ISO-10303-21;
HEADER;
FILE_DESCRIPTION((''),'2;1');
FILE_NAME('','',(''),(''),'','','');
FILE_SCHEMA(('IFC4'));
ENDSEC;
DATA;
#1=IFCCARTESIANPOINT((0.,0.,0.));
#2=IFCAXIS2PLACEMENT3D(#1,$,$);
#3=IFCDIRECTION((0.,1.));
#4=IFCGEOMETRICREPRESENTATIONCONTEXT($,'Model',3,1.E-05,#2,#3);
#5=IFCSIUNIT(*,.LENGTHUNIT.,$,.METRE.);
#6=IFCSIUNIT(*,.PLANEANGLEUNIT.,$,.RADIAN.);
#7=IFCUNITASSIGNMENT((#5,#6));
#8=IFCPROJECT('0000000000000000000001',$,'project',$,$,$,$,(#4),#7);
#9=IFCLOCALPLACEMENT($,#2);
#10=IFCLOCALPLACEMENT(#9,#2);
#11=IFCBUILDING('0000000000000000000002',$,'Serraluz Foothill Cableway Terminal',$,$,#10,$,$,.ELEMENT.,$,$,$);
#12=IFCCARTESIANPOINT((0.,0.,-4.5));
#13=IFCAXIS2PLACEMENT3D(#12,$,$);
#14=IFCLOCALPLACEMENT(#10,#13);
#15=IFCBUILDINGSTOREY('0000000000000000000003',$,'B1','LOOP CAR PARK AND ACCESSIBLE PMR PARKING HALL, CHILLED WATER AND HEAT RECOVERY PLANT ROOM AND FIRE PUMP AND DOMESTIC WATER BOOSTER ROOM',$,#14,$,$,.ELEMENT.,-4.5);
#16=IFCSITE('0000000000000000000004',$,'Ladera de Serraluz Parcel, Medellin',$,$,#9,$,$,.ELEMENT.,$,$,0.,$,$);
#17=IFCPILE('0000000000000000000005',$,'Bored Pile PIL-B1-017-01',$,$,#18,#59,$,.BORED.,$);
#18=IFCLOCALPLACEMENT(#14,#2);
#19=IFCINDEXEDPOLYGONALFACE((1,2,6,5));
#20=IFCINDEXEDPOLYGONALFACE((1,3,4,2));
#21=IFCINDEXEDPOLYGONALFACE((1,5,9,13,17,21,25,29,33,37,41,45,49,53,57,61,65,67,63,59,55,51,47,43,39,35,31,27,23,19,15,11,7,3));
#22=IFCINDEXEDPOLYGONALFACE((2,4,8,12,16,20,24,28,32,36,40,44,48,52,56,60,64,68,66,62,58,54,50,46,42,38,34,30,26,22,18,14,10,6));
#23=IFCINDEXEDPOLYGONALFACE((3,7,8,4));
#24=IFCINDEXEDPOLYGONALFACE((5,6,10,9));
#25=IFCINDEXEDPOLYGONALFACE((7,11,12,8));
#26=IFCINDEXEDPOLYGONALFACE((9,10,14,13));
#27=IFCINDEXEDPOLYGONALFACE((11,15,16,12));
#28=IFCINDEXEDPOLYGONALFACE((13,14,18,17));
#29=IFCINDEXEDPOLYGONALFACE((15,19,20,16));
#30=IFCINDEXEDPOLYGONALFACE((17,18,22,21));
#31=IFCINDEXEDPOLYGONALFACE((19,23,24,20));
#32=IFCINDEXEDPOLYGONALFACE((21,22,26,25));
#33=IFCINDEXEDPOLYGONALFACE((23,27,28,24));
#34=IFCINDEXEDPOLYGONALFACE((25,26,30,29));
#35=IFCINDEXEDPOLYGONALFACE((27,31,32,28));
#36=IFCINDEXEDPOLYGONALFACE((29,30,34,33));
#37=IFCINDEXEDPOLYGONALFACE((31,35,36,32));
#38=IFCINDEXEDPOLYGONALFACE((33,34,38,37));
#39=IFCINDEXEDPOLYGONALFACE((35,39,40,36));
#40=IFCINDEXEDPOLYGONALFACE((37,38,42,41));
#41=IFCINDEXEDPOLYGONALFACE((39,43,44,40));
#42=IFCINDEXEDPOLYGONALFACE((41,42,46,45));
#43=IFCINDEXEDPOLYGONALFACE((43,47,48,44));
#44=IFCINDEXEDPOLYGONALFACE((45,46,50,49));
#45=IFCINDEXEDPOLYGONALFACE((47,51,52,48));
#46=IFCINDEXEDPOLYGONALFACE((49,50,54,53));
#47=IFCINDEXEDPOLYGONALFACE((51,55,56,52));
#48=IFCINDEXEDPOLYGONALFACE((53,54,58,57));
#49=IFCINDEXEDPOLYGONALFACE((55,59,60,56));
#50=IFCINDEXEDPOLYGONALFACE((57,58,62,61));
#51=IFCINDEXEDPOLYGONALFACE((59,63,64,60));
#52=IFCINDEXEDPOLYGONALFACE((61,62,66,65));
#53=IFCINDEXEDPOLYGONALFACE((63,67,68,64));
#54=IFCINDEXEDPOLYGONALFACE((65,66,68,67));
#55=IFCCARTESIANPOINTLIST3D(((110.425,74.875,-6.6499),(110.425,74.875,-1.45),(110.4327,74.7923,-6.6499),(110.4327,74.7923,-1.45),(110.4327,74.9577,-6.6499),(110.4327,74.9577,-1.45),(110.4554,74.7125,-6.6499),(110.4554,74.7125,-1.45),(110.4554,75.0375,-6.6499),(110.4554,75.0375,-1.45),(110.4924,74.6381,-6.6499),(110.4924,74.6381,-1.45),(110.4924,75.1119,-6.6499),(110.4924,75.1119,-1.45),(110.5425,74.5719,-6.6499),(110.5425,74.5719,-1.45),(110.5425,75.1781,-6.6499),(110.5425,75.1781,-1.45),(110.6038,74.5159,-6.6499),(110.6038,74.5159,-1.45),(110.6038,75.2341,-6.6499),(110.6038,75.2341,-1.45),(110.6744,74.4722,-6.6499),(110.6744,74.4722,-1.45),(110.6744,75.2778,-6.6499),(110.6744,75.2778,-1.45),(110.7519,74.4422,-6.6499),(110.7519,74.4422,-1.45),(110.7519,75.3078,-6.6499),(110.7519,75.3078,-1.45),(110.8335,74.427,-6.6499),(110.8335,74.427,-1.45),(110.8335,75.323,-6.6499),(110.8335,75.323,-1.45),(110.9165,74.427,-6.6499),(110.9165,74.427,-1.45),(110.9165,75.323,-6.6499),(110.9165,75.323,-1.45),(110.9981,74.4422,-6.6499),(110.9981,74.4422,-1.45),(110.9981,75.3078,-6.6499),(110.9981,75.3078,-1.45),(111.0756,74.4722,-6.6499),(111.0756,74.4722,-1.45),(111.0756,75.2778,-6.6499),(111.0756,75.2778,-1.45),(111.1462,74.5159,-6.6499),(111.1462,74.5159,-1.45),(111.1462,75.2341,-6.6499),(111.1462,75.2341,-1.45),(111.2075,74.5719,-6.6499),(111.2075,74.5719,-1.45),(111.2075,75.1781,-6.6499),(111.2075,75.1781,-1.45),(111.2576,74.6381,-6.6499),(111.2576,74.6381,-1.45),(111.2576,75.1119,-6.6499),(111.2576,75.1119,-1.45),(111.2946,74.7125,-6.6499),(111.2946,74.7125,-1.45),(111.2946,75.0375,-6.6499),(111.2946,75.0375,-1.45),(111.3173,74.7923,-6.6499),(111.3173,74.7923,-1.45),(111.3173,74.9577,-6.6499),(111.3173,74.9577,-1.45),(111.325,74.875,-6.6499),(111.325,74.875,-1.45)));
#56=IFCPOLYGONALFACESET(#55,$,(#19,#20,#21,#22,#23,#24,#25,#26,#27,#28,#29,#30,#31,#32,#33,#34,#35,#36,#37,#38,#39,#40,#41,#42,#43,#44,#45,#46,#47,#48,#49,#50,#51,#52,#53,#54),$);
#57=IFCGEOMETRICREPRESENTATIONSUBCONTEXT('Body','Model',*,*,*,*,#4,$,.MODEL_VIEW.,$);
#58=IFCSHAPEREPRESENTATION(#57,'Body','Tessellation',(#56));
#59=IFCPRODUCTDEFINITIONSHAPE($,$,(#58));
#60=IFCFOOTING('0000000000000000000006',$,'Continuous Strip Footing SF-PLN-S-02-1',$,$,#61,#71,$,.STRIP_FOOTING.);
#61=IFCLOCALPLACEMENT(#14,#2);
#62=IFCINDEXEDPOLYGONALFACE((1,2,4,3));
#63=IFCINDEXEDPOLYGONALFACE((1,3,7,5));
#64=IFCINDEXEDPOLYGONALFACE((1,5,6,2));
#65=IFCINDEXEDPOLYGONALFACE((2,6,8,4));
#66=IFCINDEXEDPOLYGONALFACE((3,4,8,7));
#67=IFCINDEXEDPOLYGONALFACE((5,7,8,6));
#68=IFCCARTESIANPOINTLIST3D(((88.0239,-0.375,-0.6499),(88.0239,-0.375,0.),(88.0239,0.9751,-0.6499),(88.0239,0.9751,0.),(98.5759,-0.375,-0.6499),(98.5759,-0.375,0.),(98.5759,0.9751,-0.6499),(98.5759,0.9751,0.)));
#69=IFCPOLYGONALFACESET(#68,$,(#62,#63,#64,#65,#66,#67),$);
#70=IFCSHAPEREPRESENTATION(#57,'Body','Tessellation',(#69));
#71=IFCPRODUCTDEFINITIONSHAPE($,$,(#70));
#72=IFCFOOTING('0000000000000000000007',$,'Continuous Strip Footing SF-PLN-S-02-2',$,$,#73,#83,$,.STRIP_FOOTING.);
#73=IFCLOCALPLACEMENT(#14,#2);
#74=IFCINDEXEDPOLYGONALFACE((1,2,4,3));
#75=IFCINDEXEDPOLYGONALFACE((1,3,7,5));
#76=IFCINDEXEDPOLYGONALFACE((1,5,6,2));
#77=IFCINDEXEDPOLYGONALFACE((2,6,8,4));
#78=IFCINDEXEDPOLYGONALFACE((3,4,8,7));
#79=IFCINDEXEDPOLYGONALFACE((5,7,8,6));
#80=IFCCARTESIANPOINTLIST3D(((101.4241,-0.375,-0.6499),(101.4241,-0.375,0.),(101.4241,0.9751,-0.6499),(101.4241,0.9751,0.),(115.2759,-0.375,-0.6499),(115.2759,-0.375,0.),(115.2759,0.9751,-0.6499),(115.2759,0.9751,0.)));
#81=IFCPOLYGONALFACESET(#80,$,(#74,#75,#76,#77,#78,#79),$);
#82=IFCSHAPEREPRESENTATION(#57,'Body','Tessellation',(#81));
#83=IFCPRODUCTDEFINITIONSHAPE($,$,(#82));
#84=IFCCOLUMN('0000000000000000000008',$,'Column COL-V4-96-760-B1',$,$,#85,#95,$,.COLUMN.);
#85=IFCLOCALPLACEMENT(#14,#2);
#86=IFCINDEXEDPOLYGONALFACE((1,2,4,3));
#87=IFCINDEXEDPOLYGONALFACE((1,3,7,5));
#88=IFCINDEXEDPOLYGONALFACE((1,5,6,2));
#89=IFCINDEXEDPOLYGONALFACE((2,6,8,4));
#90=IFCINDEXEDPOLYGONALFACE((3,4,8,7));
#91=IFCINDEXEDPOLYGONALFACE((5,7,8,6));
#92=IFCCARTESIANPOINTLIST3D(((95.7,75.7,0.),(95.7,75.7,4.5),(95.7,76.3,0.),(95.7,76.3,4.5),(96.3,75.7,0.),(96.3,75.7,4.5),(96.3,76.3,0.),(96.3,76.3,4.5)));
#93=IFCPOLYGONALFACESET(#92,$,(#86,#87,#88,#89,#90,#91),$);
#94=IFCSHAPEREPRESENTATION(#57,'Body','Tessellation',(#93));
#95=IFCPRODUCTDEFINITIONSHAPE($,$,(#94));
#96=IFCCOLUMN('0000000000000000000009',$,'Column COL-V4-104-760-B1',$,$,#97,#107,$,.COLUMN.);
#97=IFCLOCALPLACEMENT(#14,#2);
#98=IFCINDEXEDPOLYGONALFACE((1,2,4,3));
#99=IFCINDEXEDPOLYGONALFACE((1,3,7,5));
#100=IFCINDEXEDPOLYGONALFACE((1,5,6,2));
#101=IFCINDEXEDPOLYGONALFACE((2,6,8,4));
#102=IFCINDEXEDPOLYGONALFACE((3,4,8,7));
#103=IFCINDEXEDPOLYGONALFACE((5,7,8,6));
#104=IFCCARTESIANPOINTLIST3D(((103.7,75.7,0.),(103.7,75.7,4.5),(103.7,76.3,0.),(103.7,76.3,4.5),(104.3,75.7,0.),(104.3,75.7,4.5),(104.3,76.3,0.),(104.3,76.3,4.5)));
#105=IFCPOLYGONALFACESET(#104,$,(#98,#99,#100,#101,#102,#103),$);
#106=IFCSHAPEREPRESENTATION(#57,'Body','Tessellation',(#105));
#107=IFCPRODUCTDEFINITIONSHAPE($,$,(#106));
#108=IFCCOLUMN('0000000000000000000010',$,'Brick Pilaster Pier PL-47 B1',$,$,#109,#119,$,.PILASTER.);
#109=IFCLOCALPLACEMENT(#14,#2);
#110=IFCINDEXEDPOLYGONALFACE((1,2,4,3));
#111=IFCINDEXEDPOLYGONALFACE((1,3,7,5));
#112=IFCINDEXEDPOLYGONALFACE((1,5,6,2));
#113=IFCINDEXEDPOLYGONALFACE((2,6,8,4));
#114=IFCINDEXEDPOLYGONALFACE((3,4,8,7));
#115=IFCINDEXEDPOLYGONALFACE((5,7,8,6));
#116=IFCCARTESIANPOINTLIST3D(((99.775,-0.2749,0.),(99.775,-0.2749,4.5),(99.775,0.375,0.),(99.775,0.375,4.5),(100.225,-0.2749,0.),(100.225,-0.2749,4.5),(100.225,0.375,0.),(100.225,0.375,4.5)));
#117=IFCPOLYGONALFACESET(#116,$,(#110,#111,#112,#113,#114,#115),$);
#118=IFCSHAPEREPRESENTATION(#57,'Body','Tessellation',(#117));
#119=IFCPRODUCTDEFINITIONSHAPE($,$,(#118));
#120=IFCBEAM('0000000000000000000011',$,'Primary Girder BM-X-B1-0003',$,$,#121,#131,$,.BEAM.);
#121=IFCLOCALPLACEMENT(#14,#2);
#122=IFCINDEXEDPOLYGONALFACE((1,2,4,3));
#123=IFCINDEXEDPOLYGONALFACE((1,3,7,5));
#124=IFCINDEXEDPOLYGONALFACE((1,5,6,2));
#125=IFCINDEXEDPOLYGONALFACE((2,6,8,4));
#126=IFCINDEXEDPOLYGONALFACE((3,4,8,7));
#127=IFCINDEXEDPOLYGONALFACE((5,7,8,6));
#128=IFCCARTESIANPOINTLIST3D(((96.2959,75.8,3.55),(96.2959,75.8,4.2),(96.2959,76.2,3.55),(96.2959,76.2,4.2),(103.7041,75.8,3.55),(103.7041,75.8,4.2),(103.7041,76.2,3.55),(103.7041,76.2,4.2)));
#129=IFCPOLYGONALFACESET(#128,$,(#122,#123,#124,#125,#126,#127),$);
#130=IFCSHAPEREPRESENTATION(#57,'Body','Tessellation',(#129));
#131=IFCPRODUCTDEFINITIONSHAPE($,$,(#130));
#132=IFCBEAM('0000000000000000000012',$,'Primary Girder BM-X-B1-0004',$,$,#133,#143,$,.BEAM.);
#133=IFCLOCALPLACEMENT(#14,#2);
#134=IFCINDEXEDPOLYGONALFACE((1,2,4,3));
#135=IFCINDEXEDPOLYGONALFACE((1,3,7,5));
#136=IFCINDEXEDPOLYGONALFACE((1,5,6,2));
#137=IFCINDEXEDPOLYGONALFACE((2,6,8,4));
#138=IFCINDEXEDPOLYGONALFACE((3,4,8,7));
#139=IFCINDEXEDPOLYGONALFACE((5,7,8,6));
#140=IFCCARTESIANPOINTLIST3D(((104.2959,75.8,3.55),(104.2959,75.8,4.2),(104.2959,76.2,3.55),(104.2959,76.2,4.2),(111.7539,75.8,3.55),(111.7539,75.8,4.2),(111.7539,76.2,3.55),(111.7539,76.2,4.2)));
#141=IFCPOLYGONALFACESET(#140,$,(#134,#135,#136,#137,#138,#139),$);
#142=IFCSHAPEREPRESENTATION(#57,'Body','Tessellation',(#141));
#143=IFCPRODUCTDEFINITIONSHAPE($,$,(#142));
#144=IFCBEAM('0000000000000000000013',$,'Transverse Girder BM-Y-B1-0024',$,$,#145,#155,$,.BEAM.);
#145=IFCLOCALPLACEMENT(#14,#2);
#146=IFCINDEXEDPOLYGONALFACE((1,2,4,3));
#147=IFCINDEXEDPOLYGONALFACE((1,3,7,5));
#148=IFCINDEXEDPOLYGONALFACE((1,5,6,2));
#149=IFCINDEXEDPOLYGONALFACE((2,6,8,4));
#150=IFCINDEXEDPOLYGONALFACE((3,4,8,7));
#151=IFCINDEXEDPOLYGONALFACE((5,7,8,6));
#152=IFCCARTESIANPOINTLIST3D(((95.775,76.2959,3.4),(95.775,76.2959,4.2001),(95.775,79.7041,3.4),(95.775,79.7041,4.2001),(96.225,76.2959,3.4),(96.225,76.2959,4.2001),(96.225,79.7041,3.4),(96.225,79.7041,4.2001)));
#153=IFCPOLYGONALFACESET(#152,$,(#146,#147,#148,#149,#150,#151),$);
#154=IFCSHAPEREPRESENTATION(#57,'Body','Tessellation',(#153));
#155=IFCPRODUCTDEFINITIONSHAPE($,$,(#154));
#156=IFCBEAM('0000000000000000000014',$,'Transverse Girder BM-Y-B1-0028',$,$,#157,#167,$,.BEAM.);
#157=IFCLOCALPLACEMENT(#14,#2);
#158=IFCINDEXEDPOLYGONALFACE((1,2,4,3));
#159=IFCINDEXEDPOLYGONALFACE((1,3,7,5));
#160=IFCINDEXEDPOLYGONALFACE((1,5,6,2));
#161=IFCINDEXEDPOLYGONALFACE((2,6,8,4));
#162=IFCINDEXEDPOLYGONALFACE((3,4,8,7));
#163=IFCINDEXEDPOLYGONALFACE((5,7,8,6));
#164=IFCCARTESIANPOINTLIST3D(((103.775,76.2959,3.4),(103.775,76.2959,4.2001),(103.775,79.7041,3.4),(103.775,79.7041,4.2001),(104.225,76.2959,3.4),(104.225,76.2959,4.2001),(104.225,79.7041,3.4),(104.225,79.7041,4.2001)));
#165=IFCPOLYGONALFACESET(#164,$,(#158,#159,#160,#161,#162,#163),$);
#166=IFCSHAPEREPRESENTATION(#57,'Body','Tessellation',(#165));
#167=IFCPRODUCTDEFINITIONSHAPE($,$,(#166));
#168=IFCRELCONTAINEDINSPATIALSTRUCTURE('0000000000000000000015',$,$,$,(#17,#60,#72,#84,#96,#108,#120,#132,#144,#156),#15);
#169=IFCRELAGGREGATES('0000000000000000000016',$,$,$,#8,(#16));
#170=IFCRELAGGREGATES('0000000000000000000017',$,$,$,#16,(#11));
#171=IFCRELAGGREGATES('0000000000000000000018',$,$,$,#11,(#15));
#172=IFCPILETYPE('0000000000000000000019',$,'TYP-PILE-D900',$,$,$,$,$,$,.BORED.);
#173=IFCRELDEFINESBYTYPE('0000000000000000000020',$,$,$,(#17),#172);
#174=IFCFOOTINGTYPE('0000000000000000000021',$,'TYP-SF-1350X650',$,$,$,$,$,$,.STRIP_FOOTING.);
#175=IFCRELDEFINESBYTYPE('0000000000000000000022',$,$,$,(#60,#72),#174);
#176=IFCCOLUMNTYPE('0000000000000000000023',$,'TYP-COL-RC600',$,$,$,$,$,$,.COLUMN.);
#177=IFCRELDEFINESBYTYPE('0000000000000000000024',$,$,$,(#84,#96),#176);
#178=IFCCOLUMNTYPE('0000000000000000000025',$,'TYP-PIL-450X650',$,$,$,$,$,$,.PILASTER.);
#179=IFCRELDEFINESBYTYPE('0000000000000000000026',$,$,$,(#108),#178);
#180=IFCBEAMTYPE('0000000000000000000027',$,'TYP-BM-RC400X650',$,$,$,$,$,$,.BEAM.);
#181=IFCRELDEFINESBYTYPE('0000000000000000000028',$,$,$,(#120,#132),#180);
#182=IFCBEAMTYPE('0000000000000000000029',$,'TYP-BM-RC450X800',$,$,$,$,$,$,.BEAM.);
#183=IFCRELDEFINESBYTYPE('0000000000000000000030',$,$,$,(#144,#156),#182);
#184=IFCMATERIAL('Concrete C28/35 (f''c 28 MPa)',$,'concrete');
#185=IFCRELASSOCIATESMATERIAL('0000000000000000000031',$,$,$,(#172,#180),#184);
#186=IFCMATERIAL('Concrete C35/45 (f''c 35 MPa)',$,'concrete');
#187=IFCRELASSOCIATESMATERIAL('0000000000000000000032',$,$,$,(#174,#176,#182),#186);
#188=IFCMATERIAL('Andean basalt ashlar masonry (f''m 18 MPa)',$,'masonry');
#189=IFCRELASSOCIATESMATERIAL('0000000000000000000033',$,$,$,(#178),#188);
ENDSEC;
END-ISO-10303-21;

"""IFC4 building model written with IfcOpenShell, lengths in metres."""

from ifc_helpers import new_model, si_unit, direction, frame, origin, origin_2d, place, context, subcontext, project, spatial, rectangle, circle, extrude, material, material_profile, profile_set, type_object, element, save


model = new_model("IFC4")

# Units and contexts
model_context = context("Model", 3, precision=1e-05, world=origin(), true_north=direction((0.0, 1.0)))
body_context = subcontext(model_context, "Body", "Model", "MODEL_VIEW")
ifc_project = project(units=[si_unit("LENGTHUNIT", "METRE"), si_unit("PLANEANGLEUNIT", "RADIAN")], contexts=[model_context])

# Site, building, storey
site_placement = place(None, origin())
site = spatial("IfcSite", under=ifc_project, at=site_placement, Name="Ladera de Serraluz Parcel, Medellin", CompositionType="ELEMENT", RefElevation=0.0)
building_placement = place(site_placement, origin())
building = spatial("IfcBuilding", under=site, at=building_placement, Name="Serraluz Foothill Cableway Terminal", CompositionType="ELEMENT")
storey_placement = place(building_placement, frame((0.0, 0.0, -4.5)))
storey = spatial("IfcBuildingStorey", under=building, at=storey_placement, Name="B1", Description="LOOP CAR PARK AND ACCESSIBLE PMR PARKING HALL, CHILLED WATER AND HEAT RECOVERY PLANT ROOM AND FIRE PUMP AND DOMESTIC WATER BOOSTER ROOM", CompositionType="ELEMENT", Elevation=-4.5)

# Shared definitions
ifc_material_1 = material(Name="Concrete C35/45 (f'c 35 MPa)", Category="concrete")

# Pile
ifc_material_2 = material(Name="Concrete C28/35 (f'c 28 MPa)", Category="concrete")
ifc_material_profile_1 = material_profile(ifc_material_2, circle(Radius=0.45, at=origin_2d()), Name="BORED PILE D900")
ifc_profile_set_1 = profile_set([ifc_material_profile_1], Name="Concrete C28/35 (f'c 28 MPa)")
pile_type_1 = type_object("IfcPileType", Name="TYP-PILE-D900", PredefinedType="BORED", material=ifc_profile_set_1)
pile_placement = place(storey_placement, frame((110.875, 74.875, -1.45), z_axis=(0.0, 0.0, -1.0), x_axis=(1.0, 0.0, 0.0)))
element("IfcPile", 1, at=pile_placement, inside=storey, type_object=pile_type_1, Name="Bored Pile PIL-B1-017-01", PredefinedType="BORED", context=body_context, shape_type="SweptSolid", body=[
    extrude(circle(Radius=0.45, at=origin_2d()), origin(), (0.0, 0.0, 1.0), 5.2),
])

# Footings
ifc_material_profile_2 = material_profile(ifc_material_1, rectangle(XDim=1.3501, YDim=0.6499, at=origin_2d()), Name="SF 1350x650")
ifc_profile_set_2 = profile_set([ifc_material_profile_2], Name="Concrete C35/45 (f'c 35 MPa)")
footing_type_1 = type_object("IfcFootingType", Name="TYP-SF-1350X650", PredefinedType="STRIP_FOOTING", material=ifc_profile_set_2)
footing_1_placement = place(storey_placement, frame((88.0239, 0.3, -0.325), z_axis=(1.0, 0.0, 0.0), x_axis=(0.0, 1.0, 0.0)))
element("IfcFooting", 2, at=footing_1_placement, inside=storey, type_object=footing_type_1, Name="Continuous Strip Footing SF-PLN-S-02-1", PredefinedType="STRIP_FOOTING", context=body_context, shape_type="SweptSolid", body=[
    extrude(rectangle(XDim=1.3501, YDim=0.6499, at=origin_2d()), origin(), (0.0, 0.0, 1.0), 10.552),
])
footing_2_placement = place(storey_placement, frame((101.4241, 0.3, -0.325), z_axis=(1.0, 0.0, 0.0), x_axis=(0.0, 1.0, 0.0)))
element("IfcFooting", 3, at=footing_2_placement, inside=storey, type_object=footing_type_1, Name="Continuous Strip Footing SF-PLN-S-02-2", PredefinedType="STRIP_FOOTING", context=body_context, shape_type="SweptSolid", body=[
    extrude(rectangle(XDim=1.3501, YDim=0.6499, at=origin_2d()), origin(), (0.0, 0.0, 1.0), 13.8518),
])

# Columns
ifc_material_profile_3 = material_profile(ifc_material_1, rectangle(XDim=0.6001, YDim=0.6001, at=origin_2d()), Name="RC 600x600")
ifc_profile_set_3 = profile_set([ifc_material_profile_3], Name="Concrete C35/45 (f'c 35 MPa)")
column_type_1 = type_object("IfcColumnType", Name="TYP-COL-RC600", PredefinedType="COLUMN", material=ifc_profile_set_3)
for number, where, z_axis, x_axis, name in (
    (4, (96.0, 76.0, 0.0), (0.0, 0.0, 1.0), (1.0, 0.0, 0.0), "Column COL-V4-96-760-B1"),
    (5, (104.0, 76.0, 0.0), (0.0, 0.0, 1.0), (1.0, 0.0, 0.0), "Column COL-V4-104-760-B1"),
):
    element("IfcColumn", number, at=place(storey_placement, frame(where, z_axis=z_axis, x_axis=x_axis)), inside=storey, type_object=column_type_1, Name=name, PredefinedType="COLUMN", context=body_context, shape_type="SweptSolid", body=[
        extrude(rectangle(XDim=0.6001, YDim=0.6001, at=origin_2d()), origin(), (0.0, 0.0, 1.0), 4.5),
    ])
ifc_material_3 = material(Name="Andean basalt ashlar masonry (f'm 18 MPa)", Category="masonry")
ifc_material_profile_4 = material_profile(ifc_material_3, rectangle(XDim=0.45, YDim=0.6499, at=origin_2d()), Name="PIL 450x650")
ifc_profile_set_4 = profile_set([ifc_material_profile_4], Name="Andean basalt ashlar masonry (f'm 18 MPa)")
column_type_2 = type_object("IfcColumnType", Name="TYP-PIL-450X650", PredefinedType="PILASTER", material=ifc_profile_set_4)
column_placement = place(storey_placement, frame((100.0, 0.05, 0.0), z_axis=(0.0, 0.0, 1.0), x_axis=(1.0, 0.0, 0.0)))
element("IfcColumn", 6, at=column_placement, inside=storey, type_object=column_type_2, Name="Brick Pilaster Pier PL-47 B1", PredefinedType="PILASTER", context=body_context, shape_type="SweptSolid", body=[
    extrude(rectangle(XDim=0.45, YDim=0.6499, at=origin_2d()), origin(), (0.0, 0.0, 1.0), 4.5),
])

# Beams
ifc_material_profile_5 = material_profile(ifc_material_2, rectangle(XDim=0.3999, YDim=0.6499, at=origin_2d()), Name="RC 400x650")
ifc_profile_set_5 = profile_set([ifc_material_profile_5], Name="Concrete C28/35 (f'c 28 MPa)")
beam_type_1 = type_object("IfcBeamType", Name="TYP-BM-RC400X650", PredefinedType="BEAM", material=ifc_profile_set_5)
beam_1_placement = place(storey_placement, frame((96.2959, 76.0, 3.875), z_axis=(1.0, 0.0, 0.0), x_axis=(0.0, 1.0, 0.0)))
element("IfcBeam", 7, at=beam_1_placement, inside=storey, type_object=beam_type_1, Name="Primary Girder BM-X-B1-0003", PredefinedType="BEAM", context=body_context, shape_type="SweptSolid", body=[
    extrude(rectangle(XDim=0.3999, YDim=0.6499, at=origin_2d()), origin(), (0.0, 0.0, 1.0), 7.4082),
])
beam_2_placement = place(storey_placement, frame((104.2959, 76.0, 3.875), z_axis=(1.0, 0.0, 0.0), x_axis=(0.0, 1.0, 0.0)))
element("IfcBeam", 8, at=beam_2_placement, inside=storey, type_object=beam_type_1, Name="Primary Girder BM-X-B1-0004", PredefinedType="BEAM", context=body_context, shape_type="SweptSolid", body=[
    extrude(rectangle(XDim=0.3999, YDim=0.6499, at=origin_2d()), origin(), (0.0, 0.0, 1.0), 7.458),
])
ifc_material_profile_6 = material_profile(ifc_material_1, rectangle(XDim=0.45, YDim=0.8, at=origin_2d()), Name="RC 450x800")
ifc_profile_set_6 = profile_set([ifc_material_profile_6], Name="Concrete C35/45 (f'c 35 MPa)")
beam_type_2 = type_object("IfcBeamType", Name="TYP-BM-RC450X800", PredefinedType="BEAM", material=ifc_profile_set_6)
for number, where, z_axis, x_axis, name in (
    (9, (96.0, 76.2959, 3.8), (0.0, 1.0, 0.0), (-1.0, 0.0, 0.0), "Transverse Girder BM-Y-B1-0024"),
    (10, (104.0, 76.2959, 3.8), (0.0, 1.0, 0.0), (-1.0, 0.0, 0.0), "Transverse Girder BM-Y-B1-0028"),
):
    element("IfcBeam", number, at=place(storey_placement, frame(where, z_axis=z_axis, x_axis=x_axis)), inside=storey, type_object=beam_type_2, Name=name, PredefinedType="BEAM", context=body_context, shape_type="SweptSolid", body=[
        extrude(rectangle(XDim=0.45, YDim=0.8, at=origin_2d()), origin(), (0.0, 0.0, 1.0), 3.4082),
    ])

save(model, "model.ifc")
